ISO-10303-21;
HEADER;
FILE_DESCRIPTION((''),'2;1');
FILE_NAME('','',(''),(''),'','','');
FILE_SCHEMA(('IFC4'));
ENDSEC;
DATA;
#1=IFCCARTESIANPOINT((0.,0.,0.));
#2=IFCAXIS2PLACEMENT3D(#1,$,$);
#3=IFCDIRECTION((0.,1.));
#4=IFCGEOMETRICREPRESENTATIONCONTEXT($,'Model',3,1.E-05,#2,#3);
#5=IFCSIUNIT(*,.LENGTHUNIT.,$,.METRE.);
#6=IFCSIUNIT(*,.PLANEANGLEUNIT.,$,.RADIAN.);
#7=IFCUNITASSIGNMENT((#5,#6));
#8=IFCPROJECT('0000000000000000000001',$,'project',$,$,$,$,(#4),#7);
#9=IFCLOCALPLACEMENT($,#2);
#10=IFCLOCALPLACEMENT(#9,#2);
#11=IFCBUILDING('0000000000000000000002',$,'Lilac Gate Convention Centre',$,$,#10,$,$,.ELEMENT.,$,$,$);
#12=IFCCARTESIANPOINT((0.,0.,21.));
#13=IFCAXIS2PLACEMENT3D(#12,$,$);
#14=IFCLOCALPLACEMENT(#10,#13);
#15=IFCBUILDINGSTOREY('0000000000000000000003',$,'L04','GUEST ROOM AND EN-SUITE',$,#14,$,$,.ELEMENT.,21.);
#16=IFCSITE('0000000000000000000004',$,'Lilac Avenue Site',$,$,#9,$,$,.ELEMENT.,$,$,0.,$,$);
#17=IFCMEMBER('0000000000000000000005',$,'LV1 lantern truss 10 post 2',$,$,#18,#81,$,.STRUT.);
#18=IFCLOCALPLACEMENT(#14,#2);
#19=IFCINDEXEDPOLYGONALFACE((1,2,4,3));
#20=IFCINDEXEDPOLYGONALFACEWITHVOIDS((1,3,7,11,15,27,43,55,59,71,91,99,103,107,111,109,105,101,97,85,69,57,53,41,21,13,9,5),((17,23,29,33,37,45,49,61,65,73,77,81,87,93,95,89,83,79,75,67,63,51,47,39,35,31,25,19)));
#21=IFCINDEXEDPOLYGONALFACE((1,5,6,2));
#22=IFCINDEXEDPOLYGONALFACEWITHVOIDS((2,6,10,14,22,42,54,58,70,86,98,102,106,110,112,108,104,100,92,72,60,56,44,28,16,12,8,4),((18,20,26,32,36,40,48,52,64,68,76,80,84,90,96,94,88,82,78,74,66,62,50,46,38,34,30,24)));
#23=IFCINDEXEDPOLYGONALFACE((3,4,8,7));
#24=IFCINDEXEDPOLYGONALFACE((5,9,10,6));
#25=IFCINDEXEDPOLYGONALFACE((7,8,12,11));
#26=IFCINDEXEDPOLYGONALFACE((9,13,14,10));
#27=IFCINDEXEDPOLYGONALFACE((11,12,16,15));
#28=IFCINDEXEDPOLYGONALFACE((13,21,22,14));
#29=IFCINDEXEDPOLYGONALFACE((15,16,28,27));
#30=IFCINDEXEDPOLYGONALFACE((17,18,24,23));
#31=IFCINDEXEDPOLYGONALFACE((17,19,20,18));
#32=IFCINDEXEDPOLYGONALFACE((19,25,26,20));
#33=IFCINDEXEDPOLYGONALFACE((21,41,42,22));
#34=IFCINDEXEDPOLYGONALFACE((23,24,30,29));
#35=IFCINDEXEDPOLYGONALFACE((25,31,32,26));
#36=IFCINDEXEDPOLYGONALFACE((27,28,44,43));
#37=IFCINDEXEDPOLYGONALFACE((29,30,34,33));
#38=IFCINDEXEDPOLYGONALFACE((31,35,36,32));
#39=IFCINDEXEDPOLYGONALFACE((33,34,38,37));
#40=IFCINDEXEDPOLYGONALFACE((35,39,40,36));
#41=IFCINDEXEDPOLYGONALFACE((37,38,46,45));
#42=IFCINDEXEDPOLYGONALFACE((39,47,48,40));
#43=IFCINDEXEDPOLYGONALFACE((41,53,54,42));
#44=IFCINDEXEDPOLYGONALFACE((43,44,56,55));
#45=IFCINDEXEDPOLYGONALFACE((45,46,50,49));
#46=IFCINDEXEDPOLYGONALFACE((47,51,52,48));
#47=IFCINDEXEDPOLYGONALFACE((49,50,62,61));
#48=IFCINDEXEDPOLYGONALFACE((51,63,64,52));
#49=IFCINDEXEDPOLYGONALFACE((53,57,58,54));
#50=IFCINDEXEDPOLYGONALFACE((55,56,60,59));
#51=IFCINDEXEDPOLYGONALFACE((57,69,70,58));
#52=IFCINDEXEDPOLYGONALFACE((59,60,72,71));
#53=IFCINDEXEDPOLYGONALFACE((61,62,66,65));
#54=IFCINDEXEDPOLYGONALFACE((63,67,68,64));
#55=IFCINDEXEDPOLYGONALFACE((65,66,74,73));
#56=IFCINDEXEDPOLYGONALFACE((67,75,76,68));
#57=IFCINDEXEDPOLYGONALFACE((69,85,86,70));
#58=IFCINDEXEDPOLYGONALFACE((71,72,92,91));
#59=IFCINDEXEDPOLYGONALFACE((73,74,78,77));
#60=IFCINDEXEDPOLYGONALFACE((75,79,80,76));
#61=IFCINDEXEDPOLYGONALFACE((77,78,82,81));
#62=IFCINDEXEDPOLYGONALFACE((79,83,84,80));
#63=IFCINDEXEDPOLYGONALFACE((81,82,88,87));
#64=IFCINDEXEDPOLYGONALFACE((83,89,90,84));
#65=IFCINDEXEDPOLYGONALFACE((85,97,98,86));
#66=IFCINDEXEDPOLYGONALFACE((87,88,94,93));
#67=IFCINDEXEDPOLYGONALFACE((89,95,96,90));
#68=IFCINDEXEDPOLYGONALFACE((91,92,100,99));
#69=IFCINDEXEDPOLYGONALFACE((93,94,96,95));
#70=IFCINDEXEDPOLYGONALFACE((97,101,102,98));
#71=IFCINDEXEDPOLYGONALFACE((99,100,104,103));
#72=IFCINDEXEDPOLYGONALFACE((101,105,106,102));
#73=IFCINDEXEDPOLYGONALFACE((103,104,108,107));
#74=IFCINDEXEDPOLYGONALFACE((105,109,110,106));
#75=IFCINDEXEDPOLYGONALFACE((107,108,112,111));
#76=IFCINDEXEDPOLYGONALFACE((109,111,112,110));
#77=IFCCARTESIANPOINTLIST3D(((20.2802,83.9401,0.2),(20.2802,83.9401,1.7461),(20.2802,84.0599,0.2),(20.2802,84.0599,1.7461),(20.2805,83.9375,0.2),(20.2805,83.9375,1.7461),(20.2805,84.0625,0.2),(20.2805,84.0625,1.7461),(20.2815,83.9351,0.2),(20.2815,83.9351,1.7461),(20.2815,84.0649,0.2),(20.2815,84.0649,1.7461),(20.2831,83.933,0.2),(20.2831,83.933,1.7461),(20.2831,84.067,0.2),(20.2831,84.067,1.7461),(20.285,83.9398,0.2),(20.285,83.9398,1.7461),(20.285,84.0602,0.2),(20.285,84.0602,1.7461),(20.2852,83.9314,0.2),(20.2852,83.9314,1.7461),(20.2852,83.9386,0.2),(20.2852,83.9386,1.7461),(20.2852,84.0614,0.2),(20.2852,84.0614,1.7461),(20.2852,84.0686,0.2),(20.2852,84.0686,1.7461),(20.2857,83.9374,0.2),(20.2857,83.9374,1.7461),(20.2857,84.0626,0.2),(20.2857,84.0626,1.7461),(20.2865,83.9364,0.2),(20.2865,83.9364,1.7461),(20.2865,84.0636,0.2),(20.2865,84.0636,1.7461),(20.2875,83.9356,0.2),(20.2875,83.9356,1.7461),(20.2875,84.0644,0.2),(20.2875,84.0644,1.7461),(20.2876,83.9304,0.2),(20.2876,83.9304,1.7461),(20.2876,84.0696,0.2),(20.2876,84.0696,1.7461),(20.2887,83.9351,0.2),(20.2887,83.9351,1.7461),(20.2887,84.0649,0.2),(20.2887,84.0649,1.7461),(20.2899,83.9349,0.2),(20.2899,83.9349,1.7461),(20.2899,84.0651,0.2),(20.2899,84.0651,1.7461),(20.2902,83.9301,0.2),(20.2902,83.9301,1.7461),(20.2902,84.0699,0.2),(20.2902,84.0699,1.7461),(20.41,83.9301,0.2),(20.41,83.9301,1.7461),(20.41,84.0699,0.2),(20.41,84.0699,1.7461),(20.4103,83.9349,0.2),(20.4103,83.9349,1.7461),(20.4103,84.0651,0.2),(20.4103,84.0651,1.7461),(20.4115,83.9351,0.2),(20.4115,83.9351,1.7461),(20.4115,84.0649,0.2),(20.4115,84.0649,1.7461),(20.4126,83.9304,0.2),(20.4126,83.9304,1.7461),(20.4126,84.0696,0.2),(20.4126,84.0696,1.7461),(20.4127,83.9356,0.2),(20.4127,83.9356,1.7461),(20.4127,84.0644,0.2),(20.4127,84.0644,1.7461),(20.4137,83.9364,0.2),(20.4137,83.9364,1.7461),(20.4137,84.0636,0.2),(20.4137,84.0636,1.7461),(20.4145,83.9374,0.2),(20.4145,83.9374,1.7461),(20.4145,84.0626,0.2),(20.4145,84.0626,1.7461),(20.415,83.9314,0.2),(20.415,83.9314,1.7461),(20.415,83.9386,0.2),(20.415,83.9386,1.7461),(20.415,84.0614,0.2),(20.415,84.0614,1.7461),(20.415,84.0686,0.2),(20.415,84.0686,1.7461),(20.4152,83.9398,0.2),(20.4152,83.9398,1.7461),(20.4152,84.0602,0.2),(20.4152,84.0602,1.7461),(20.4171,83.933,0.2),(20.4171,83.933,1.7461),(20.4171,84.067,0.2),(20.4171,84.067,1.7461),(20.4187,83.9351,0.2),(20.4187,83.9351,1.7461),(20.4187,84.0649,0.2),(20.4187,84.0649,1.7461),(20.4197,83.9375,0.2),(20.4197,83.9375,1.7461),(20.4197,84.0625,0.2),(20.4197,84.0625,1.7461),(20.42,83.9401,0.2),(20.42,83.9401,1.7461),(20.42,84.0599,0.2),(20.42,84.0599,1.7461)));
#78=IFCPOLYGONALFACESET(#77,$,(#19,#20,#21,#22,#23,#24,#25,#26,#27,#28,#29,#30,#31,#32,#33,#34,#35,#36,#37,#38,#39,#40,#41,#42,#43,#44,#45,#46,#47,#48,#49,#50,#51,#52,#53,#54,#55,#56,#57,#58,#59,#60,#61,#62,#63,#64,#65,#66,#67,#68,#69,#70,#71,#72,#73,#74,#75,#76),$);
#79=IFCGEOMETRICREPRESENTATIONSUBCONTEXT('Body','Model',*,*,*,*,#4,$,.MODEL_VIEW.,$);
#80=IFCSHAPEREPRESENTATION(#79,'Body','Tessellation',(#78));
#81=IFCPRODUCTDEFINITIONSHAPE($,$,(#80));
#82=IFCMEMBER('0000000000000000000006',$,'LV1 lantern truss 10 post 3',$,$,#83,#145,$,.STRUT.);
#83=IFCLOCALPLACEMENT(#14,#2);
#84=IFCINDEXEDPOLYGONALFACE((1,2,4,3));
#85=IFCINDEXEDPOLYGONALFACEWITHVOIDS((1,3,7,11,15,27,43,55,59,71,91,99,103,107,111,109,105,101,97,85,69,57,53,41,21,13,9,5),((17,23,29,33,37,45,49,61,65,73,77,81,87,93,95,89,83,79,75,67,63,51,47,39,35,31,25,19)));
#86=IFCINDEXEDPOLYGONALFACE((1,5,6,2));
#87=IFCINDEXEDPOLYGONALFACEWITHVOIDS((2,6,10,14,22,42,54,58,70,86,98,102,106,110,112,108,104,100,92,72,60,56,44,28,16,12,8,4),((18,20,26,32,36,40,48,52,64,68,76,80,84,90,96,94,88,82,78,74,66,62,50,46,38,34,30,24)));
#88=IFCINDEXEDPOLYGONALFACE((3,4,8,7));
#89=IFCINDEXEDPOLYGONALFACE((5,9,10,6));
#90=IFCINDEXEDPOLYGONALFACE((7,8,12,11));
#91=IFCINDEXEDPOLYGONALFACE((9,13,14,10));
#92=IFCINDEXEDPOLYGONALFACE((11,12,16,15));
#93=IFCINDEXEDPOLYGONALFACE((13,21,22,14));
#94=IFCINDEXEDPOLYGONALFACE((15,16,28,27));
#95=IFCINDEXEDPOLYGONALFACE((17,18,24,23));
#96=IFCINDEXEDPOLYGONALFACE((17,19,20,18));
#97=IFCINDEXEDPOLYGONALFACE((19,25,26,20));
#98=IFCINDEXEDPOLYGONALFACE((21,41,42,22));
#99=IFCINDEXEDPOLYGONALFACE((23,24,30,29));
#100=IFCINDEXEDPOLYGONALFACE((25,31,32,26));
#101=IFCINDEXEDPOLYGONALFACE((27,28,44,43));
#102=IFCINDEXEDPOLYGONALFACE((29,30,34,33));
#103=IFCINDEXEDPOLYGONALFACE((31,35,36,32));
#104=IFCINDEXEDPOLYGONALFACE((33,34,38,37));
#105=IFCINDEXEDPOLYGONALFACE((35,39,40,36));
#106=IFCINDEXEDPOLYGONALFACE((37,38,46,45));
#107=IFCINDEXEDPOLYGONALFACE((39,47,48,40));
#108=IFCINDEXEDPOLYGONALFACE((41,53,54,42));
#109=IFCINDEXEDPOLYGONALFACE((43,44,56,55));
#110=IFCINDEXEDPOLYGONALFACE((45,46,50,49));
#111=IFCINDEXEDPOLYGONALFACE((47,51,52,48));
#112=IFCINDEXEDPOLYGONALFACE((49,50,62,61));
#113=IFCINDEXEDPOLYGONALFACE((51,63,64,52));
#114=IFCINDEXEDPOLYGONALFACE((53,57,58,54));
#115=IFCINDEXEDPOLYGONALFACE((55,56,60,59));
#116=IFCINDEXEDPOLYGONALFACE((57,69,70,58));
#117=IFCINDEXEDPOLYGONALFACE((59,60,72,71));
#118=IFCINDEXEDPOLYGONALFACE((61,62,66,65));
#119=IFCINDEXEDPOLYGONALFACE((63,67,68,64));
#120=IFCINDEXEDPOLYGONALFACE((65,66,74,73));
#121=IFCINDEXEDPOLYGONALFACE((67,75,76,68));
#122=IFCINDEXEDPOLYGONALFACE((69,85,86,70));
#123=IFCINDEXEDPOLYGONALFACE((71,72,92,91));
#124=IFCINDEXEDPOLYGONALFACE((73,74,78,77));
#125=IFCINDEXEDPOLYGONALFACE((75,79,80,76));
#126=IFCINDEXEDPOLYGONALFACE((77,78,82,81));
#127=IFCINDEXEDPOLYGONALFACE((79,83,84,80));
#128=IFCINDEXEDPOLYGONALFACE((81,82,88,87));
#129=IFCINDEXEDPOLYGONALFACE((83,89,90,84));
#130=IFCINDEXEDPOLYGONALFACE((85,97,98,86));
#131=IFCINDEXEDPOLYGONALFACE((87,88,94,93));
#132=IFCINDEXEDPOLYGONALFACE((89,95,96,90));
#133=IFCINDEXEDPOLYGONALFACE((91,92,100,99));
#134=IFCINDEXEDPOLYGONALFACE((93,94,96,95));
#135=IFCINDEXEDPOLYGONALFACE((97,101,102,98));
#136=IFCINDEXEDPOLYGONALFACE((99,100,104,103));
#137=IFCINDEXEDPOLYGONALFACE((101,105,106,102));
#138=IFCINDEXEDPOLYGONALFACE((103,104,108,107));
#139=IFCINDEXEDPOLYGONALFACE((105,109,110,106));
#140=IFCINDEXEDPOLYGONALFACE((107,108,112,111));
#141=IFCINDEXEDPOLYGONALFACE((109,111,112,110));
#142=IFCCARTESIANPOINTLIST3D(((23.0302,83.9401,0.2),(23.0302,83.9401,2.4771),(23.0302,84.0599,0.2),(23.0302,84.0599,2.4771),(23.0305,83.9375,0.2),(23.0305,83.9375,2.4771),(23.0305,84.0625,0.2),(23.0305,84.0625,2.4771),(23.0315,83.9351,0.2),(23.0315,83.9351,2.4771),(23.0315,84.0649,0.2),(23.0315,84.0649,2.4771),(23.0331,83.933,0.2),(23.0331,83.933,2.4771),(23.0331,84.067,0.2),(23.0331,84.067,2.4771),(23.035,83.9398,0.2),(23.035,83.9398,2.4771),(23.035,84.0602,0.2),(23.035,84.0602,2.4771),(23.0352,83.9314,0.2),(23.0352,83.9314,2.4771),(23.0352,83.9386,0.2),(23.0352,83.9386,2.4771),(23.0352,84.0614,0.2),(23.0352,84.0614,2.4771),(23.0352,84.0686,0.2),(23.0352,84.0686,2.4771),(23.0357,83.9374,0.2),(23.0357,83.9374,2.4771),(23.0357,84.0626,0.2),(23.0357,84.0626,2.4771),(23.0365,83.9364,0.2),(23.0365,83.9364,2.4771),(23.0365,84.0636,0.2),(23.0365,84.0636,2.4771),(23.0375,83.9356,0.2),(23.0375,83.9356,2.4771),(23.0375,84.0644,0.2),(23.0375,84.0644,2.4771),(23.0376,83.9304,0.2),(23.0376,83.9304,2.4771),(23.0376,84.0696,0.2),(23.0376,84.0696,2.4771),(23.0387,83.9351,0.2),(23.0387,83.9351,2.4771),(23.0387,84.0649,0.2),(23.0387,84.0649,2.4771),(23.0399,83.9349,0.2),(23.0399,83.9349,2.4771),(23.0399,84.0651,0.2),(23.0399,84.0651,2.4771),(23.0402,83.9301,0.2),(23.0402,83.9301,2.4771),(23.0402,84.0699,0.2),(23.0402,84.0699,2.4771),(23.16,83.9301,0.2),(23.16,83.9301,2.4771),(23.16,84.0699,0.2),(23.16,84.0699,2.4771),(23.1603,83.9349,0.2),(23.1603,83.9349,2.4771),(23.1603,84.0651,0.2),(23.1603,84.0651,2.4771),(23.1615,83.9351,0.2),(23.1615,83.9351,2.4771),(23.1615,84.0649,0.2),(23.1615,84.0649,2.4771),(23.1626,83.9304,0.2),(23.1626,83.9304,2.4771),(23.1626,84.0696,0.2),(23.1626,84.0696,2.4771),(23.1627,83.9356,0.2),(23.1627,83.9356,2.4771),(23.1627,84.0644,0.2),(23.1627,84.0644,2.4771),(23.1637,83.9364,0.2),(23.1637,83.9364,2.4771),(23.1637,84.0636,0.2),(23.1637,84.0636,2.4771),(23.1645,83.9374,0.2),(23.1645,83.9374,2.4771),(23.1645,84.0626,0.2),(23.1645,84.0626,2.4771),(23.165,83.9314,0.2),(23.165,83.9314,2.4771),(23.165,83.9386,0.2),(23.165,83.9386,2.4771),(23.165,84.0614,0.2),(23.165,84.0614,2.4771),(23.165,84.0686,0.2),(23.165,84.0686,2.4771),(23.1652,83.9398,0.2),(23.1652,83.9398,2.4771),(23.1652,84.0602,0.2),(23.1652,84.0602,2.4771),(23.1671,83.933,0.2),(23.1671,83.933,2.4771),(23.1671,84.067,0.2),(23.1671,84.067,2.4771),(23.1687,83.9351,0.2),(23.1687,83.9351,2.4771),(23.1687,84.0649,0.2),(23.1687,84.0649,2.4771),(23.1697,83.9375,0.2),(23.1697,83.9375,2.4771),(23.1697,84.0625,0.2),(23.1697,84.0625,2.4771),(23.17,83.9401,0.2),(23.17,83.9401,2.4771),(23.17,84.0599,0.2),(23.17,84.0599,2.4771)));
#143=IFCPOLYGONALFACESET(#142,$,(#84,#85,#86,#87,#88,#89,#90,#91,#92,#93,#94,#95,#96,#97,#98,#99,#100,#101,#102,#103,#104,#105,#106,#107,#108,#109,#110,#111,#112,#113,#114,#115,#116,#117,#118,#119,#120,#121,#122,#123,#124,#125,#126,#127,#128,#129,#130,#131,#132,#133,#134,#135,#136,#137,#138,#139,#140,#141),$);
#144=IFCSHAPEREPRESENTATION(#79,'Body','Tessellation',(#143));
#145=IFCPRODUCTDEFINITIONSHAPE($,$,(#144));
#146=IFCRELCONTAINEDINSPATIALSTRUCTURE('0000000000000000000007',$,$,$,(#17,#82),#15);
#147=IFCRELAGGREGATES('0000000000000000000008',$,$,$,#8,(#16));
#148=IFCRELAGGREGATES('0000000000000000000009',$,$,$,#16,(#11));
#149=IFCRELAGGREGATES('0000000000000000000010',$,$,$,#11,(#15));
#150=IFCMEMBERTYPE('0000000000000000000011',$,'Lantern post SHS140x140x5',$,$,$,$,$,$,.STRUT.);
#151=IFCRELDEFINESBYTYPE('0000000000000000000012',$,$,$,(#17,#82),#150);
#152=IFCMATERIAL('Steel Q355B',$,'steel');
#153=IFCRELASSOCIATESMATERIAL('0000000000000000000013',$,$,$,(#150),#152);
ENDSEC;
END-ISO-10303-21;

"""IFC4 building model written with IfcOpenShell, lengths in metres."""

from ifc_helpers import new_model, si_unit, direction, frame, origin, origin_2d, place, context, subcontext, project, spatial, hollow_rectangle, extrude, material, material_profile, profile_set, type_object, element, save


model = new_model("IFC4")

# Units and contexts
model_context = context("Model", 3, precision=1e-05, world=origin(), true_north=direction((0.0, 1.0)))
body_context = subcontext(model_context, "Body", "Model", "MODEL_VIEW")
ifc_project = project(units=[si_unit("LENGTHUNIT", "METRE"), si_unit("PLANEANGLEUNIT", "RADIAN")], contexts=[model_context])

# Site, building, storey
site_placement = place(None, origin())
site = spatial("IfcSite", under=ifc_project, at=site_placement, Name="Lilac Avenue Site", CompositionType="ELEMENT", RefElevation=0.0)
building_placement = place(site_placement, origin())
building = spatial("IfcBuilding", under=site, at=building_placement, Name="Lilac Gate Convention Centre", CompositionType="ELEMENT")
storey_placement = place(building_placement, frame((0.0, 0.0, 21.0)))
storey = spatial("IfcBuildingStorey", under=building, at=storey_placement, Name="L04", Description="GUEST ROOM AND EN-SUITE", CompositionType="ELEMENT", Elevation=21.0)

# Members
ifc_material_1 = material(Name="Steel Q355B", Category="steel")
ifc_material_profile_1 = material_profile(ifc_material_1, hollow_rectangle(XDim=0.1399, YDim=0.1399, WallThickness=0.0049, InnerFilletRadius=0.0049, OuterFilletRadius=0.01, at=origin_2d()), Name="SHS140x140x5")
ifc_profile_set_1 = profile_set([ifc_material_profile_1], Name="Steel Q355B")
member_type_1 = type_object("IfcMemberType", Name="Lantern post SHS140x140x5", PredefinedType="STRUT", material=ifc_profile_set_1)
member_1_placement = place(storey_placement, frame((20.3501, 84.0, 0.2), z_axis=(0.0, 0.0, 1.0), x_axis=(1.0, 0.0, 0.0)))
element("IfcMember", 1, at=member_1_placement, inside=storey, type_object=member_type_1, Name="LV1 lantern truss 10 post 2", PredefinedType="STRUT", context=body_context, shape_type="SweptSolid", body=[
    extrude(hollow_rectangle(XDim=0.1399, YDim=0.1399, WallThickness=0.0049, InnerFilletRadius=0.0049, OuterFilletRadius=0.01, at=origin_2d()), origin(), (0.0, 0.0, 1.0), 1.5461),
])
member_2_placement = place(storey_placement, frame((23.1001, 84.0, 0.2), z_axis=(0.0, 0.0, 1.0), x_axis=(1.0, 0.0, 0.0)))
element("IfcMember", 2, at=member_2_placement, inside=storey, type_object=member_type_1, Name="LV1 lantern truss 10 post 3", PredefinedType="STRUT", context=body_context, shape_type="SweptSolid", body=[
    extrude(hollow_rectangle(XDim=0.1399, YDim=0.1399, WallThickness=0.0049, InnerFilletRadius=0.0049, OuterFilletRadius=0.01, at=origin_2d()), origin(), (0.0, 0.0, 1.0), 2.2771),
])

save(model, "model.ifc")
